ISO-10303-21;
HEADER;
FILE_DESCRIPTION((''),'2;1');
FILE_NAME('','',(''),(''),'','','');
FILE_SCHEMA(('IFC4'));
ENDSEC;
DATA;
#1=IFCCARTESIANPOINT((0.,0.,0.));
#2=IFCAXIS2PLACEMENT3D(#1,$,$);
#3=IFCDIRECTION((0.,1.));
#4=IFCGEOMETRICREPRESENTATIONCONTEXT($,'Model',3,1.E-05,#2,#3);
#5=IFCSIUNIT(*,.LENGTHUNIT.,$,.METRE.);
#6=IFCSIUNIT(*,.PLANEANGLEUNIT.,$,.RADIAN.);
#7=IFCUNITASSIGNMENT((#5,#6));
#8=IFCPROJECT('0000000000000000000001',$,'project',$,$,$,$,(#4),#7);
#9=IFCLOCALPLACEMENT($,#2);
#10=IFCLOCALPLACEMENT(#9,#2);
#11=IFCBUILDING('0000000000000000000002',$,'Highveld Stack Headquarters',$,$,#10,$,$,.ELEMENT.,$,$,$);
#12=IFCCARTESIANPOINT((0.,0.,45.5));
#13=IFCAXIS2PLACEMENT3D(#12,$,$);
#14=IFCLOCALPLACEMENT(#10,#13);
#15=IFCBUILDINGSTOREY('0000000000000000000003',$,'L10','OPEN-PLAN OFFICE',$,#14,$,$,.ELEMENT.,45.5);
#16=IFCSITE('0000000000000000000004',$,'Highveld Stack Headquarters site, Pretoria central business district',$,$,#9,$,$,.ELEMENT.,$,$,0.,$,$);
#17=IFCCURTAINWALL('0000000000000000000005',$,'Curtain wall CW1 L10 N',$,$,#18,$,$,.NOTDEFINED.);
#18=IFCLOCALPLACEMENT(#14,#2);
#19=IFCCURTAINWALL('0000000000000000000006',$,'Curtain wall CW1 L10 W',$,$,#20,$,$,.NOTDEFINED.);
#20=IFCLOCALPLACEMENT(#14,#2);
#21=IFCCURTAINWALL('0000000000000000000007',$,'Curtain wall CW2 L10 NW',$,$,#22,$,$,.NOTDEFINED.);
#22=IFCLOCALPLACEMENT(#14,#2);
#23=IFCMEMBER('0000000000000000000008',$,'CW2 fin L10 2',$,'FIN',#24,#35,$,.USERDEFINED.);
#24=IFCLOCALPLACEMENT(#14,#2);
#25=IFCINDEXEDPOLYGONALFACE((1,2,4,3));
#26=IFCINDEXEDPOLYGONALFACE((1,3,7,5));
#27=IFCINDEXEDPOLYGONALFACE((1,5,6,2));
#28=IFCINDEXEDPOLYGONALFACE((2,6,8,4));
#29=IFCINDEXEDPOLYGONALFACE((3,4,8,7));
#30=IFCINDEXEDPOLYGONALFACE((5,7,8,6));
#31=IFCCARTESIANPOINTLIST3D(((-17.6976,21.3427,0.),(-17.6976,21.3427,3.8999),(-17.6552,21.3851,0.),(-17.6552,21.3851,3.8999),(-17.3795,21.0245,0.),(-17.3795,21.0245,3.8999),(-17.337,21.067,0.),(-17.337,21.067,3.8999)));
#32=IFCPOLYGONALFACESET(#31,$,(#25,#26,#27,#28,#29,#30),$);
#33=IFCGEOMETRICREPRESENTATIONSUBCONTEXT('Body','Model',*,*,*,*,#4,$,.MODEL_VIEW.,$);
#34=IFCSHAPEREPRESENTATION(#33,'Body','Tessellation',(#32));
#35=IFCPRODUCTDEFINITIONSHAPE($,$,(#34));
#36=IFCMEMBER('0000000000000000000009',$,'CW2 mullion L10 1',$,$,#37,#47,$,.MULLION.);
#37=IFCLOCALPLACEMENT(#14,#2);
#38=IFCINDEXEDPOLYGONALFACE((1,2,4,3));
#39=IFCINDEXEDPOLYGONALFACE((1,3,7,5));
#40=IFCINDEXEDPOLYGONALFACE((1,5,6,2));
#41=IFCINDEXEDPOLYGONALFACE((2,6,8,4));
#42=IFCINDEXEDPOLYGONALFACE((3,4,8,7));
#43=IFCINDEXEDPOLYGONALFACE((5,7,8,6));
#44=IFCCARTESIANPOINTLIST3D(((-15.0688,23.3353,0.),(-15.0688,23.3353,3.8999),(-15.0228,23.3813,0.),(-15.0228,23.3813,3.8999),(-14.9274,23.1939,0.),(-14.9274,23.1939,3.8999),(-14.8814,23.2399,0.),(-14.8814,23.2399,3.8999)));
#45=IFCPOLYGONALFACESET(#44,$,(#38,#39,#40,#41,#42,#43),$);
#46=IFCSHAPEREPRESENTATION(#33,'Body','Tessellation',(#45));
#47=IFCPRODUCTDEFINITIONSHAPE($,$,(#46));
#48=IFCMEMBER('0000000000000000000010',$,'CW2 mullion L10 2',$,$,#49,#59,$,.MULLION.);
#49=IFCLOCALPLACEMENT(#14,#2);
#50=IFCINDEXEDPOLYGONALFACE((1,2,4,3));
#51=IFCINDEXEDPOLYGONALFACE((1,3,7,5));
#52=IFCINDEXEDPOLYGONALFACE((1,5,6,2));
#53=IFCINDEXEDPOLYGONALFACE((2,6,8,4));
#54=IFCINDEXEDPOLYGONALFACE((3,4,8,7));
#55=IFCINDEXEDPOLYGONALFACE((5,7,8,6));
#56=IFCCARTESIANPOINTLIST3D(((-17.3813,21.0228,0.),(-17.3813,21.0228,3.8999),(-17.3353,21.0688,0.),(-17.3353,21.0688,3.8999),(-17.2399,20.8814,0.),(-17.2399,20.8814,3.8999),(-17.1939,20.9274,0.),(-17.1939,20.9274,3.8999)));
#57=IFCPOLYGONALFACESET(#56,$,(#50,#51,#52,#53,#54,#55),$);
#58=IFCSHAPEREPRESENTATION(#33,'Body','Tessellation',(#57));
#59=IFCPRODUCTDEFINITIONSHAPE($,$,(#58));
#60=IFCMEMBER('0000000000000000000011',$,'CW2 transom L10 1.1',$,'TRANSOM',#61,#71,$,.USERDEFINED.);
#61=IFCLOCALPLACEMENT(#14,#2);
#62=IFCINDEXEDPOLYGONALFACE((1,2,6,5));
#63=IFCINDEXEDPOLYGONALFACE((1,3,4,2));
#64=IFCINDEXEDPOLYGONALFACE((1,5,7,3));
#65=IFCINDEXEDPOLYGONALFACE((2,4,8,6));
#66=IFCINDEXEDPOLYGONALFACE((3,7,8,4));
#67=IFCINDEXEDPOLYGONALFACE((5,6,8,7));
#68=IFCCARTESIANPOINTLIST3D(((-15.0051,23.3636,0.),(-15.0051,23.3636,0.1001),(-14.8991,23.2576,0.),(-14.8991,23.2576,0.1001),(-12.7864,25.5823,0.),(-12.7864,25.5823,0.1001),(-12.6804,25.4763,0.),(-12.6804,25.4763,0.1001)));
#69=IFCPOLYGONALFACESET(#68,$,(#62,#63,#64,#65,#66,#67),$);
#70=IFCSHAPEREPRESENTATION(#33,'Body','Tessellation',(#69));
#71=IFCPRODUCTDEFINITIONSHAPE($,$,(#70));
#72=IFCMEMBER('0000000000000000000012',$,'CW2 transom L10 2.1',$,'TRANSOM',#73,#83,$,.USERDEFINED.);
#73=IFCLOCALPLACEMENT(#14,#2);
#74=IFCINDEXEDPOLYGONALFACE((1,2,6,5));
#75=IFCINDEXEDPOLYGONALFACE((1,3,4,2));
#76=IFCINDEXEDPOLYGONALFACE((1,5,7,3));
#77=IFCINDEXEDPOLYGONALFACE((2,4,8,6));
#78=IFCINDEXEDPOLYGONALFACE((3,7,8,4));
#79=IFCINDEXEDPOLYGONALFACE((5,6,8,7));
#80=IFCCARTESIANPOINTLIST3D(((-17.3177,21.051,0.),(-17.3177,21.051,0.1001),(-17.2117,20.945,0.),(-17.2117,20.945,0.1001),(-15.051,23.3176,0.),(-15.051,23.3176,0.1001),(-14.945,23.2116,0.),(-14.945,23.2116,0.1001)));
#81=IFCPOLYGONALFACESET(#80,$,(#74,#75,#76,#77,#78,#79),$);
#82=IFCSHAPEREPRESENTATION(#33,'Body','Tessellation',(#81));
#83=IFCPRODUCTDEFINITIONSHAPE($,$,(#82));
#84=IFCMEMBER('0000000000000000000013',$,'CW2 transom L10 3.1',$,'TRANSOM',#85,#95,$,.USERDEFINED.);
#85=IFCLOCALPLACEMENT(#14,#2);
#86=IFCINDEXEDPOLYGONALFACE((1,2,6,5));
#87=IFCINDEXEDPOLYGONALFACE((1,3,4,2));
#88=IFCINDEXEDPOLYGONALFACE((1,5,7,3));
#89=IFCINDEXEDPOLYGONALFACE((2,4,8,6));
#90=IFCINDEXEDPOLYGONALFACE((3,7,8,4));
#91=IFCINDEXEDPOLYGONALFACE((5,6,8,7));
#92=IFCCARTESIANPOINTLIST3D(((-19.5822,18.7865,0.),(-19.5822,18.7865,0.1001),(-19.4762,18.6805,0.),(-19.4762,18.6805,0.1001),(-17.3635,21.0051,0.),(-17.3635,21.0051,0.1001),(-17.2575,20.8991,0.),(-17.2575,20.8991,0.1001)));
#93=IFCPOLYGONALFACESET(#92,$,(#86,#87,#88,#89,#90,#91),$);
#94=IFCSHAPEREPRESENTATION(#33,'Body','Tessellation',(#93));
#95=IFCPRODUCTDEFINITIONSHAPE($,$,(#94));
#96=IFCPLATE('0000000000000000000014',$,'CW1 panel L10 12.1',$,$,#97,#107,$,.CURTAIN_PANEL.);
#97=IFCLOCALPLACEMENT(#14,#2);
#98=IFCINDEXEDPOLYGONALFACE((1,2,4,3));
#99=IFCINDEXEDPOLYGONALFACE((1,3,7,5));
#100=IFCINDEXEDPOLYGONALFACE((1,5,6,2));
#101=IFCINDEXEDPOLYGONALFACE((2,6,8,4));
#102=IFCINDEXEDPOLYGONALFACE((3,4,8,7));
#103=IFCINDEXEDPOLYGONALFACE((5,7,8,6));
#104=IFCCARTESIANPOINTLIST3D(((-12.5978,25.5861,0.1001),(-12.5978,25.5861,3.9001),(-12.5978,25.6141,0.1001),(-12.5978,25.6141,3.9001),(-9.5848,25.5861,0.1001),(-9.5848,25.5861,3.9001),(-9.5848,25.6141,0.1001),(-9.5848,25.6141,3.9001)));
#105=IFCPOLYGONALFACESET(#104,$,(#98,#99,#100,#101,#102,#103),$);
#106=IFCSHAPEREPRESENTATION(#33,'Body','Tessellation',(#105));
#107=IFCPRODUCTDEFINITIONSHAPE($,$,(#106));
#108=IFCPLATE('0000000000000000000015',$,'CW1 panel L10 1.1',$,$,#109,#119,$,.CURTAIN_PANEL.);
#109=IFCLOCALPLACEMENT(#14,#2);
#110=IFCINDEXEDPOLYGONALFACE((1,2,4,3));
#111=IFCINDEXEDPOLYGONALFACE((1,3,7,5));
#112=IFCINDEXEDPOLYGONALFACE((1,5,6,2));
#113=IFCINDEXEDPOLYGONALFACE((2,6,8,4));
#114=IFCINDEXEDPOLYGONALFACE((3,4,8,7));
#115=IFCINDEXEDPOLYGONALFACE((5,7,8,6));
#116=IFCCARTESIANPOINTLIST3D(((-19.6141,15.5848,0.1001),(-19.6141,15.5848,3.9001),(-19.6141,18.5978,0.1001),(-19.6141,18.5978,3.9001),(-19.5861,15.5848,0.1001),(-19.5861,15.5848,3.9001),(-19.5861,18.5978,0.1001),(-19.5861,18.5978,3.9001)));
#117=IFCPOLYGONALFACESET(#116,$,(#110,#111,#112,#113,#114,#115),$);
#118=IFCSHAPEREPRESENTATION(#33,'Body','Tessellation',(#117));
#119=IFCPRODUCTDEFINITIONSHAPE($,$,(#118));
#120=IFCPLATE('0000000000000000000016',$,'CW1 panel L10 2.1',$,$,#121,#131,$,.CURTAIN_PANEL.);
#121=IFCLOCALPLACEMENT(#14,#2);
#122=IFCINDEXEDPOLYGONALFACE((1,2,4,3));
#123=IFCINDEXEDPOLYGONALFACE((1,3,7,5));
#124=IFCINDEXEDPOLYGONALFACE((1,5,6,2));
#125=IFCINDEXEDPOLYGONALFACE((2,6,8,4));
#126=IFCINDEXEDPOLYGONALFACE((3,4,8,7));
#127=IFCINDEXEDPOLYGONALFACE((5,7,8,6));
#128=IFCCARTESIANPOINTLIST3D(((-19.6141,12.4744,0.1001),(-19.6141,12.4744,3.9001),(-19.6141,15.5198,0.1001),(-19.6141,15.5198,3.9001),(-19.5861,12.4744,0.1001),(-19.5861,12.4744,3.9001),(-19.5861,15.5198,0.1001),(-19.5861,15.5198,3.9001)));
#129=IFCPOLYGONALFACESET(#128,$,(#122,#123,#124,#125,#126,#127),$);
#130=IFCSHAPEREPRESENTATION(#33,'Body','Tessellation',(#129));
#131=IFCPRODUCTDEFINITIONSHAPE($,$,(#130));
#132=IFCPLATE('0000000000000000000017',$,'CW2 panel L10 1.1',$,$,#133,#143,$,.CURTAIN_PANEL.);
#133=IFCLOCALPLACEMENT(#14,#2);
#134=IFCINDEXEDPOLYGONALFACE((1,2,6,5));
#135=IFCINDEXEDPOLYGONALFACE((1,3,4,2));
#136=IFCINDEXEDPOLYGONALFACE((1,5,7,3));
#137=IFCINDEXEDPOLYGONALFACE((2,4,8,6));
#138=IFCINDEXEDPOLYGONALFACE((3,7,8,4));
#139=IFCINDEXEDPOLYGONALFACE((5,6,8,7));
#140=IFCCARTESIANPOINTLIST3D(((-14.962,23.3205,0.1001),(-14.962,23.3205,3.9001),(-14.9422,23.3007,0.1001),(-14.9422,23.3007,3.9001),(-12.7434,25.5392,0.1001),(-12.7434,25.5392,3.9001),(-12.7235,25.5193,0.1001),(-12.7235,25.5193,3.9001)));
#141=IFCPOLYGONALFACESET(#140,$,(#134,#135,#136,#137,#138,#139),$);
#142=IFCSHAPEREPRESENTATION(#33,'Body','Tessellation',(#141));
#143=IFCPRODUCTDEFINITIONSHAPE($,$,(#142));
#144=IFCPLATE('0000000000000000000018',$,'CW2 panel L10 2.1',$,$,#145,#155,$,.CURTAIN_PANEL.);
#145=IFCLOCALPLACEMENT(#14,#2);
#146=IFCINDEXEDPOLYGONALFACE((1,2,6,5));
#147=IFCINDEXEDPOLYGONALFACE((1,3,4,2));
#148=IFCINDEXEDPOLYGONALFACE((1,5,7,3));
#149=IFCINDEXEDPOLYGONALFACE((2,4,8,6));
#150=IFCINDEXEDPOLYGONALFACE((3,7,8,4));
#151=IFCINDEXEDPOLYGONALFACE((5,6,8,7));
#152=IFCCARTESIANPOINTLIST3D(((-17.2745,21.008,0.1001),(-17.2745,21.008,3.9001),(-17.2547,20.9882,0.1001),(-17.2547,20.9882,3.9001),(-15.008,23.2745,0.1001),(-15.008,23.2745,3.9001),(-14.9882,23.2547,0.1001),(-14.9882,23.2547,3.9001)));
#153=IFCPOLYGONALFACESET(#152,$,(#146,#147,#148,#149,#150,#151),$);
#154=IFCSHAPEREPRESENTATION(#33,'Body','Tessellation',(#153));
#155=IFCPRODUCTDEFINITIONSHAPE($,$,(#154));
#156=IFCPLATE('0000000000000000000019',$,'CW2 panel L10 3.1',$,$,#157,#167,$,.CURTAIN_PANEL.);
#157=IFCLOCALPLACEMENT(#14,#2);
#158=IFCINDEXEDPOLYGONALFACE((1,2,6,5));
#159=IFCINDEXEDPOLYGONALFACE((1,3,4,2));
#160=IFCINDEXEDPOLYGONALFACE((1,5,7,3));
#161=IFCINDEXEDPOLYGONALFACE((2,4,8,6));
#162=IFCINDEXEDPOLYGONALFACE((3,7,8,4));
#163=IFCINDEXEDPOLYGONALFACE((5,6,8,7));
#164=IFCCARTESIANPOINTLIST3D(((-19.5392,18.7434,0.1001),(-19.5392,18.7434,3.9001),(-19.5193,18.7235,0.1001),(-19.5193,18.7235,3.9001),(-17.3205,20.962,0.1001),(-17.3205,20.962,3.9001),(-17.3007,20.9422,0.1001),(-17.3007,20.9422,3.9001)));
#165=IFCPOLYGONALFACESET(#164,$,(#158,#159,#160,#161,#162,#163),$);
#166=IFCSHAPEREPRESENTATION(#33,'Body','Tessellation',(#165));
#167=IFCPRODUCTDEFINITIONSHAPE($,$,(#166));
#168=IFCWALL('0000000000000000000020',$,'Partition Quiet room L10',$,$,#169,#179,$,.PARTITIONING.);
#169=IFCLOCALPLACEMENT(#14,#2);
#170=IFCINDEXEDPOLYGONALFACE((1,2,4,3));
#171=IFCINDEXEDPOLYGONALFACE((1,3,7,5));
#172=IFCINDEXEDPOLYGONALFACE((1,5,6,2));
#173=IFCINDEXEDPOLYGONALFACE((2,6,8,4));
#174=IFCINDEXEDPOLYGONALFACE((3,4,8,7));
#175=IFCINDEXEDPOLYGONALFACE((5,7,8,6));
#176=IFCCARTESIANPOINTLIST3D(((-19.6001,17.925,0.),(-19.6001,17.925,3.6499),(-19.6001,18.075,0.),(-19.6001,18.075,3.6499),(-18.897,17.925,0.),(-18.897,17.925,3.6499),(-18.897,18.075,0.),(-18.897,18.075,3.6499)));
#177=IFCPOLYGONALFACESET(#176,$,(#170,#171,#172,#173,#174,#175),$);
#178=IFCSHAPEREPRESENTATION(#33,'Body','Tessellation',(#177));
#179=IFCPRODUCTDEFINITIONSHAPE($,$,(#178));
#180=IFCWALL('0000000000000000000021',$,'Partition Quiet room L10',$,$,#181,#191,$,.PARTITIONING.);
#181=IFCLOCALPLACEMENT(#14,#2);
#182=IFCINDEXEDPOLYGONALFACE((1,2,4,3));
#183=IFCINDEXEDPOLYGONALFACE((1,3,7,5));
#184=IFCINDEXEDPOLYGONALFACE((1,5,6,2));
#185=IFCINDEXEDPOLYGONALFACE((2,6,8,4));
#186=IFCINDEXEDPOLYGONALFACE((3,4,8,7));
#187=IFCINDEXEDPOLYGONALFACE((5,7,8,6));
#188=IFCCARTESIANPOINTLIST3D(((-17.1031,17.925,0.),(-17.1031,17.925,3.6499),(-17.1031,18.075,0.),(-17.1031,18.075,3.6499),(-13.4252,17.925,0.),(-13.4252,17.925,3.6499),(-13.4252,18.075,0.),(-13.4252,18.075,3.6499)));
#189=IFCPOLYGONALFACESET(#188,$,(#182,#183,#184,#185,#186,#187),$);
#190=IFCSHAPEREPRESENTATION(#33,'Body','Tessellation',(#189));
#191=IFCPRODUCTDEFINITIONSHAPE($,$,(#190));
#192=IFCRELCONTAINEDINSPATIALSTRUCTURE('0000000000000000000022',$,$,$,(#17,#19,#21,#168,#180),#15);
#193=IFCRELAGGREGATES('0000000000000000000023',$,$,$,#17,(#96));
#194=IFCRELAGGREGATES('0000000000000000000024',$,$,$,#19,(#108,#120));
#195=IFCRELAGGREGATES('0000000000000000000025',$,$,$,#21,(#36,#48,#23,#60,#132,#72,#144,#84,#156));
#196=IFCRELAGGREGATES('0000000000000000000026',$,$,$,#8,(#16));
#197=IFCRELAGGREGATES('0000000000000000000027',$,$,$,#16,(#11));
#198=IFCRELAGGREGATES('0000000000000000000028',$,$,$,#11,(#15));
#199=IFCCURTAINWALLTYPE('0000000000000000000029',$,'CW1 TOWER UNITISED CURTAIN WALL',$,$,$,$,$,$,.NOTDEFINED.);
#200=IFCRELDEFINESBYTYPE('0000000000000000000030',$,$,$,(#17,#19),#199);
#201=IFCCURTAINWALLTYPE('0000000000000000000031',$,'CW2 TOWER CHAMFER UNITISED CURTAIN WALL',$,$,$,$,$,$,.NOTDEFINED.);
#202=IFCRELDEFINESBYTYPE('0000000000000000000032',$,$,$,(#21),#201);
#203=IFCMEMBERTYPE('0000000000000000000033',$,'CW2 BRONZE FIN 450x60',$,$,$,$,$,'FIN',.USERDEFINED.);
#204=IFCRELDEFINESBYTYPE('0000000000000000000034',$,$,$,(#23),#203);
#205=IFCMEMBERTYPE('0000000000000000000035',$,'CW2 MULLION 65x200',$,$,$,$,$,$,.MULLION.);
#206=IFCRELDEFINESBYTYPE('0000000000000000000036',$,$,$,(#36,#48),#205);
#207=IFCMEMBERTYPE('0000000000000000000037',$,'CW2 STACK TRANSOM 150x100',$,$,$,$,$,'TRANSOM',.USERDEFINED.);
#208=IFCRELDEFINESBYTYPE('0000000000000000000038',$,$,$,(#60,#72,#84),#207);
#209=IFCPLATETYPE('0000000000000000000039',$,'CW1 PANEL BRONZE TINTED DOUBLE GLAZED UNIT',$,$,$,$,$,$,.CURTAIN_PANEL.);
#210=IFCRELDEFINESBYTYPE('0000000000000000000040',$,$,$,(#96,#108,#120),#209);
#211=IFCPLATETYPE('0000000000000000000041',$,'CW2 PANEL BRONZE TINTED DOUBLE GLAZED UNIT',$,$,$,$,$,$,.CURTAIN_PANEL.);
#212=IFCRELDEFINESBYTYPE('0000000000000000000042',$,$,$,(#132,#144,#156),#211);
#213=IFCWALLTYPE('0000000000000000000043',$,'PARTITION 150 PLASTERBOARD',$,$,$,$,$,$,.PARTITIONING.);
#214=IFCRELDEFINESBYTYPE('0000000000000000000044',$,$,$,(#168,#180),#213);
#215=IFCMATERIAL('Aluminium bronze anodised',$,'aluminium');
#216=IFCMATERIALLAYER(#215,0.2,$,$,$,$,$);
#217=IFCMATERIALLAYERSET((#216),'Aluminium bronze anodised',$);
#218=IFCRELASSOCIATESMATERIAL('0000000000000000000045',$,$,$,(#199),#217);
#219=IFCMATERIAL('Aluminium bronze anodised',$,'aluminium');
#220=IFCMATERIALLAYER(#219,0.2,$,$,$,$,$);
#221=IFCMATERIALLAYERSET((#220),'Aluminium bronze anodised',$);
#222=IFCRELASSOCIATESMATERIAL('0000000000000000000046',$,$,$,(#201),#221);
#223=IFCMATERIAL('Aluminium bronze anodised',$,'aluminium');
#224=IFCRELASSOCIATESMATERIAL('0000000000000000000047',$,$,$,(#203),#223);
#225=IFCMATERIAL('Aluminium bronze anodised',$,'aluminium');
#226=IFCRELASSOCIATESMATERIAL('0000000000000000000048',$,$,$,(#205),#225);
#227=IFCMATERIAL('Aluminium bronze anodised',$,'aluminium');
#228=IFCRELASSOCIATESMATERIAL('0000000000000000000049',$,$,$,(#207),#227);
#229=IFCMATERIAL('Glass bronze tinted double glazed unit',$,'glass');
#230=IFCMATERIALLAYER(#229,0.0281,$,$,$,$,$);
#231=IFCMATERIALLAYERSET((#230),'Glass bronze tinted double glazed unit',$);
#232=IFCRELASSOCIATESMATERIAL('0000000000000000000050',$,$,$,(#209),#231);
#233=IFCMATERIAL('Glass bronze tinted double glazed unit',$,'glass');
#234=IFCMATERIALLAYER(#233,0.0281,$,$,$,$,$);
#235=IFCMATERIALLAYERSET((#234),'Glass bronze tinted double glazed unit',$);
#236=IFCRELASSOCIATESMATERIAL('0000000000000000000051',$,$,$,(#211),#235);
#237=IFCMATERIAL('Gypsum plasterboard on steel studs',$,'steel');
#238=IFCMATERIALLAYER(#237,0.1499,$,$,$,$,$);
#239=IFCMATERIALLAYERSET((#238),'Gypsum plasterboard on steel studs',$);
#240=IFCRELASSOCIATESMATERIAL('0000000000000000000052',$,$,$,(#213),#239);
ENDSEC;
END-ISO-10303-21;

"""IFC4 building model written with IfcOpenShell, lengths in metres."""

from ifc_helpers import new_model, si_unit, direction, frame, frame_2d, origin, origin_2d, place, context, subcontext, project, spatial, rectangle, extrude, material, layer, layer_set, material_profile, profile_set, type_object, element, aggregate, save


model = new_model("IFC4")

# Units and contexts
model_context = context("Model", 3, precision=1e-05, world=origin(), true_north=direction((0.0, 1.0)))
body_context = subcontext(model_context, "Body", "Model", "MODEL_VIEW")
ifc_project = project(units=[si_unit("LENGTHUNIT", "METRE"), si_unit("PLANEANGLEUNIT", "RADIAN")], contexts=[model_context])

# Site, building, storey
site_placement = place(None, origin())
site = spatial("IfcSite", under=ifc_project, at=site_placement, Name="Highveld Stack Headquarters site, Pretoria central business district", CompositionType="ELEMENT", RefElevation=0.0)
building_placement = place(site_placement, origin())
building = spatial("IfcBuilding", under=site, at=building_placement, Name="Highveld Stack Headquarters", CompositionType="ELEMENT")
storey_placement = place(building_placement, frame((0.0, 0.0, 45.5)))
storey = spatial("IfcBuildingStorey", under=building, at=storey_placement, Name="L10", Description="OPEN-PLAN OFFICE", CompositionType="ELEMENT", Elevation=45.5)

# Curtain wall
ifc_material_1 = material(Name="Aluminium bronze anodised", Category="aluminium")
ifc_layer_1 = layer(ifc_material_1, 0.2)
ifc_layer_set_1 = layer_set([ifc_layer_1], Name="Aluminium bronze anodised")
curtain_wall_type_1 = type_object("IfcCurtainWallType", Name="CW1 TOWER UNITISED CURTAIN WALL", PredefinedType="NOTDEFINED", material=ifc_layer_set_1)
curtain_wall_1_placement = place(storey_placement, origin())
curtain_wall_1 = element("IfcCurtainWall", 1, at=curtain_wall_1_placement, inside=storey, type_object=curtain_wall_type_1, Name="Curtain wall CW1 L10 N", PredefinedType="NOTDEFINED")

# Curtain wall
curtain_wall_2_placement = place(storey_placement, origin())
curtain_wall_2 = element("IfcCurtainWall", 2, at=curtain_wall_2_placement, inside=storey, type_object=curtain_wall_type_1, Name="Curtain wall CW1 L10 W", PredefinedType="NOTDEFINED")

# Curtain wall, members
ifc_material_2 = material(Name="Aluminium bronze anodised", Category="aluminium")
ifc_layer_2 = layer(ifc_material_2, 0.2)
ifc_layer_set_2 = layer_set([ifc_layer_2], Name="Aluminium bronze anodised")
curtain_wall_type_2 = type_object("IfcCurtainWallType", Name="CW2 TOWER CHAMFER UNITISED CURTAIN WALL", PredefinedType="NOTDEFINED", material=ifc_layer_set_2)
curtain_wall_3_placement = place(storey_placement, origin())
curtain_wall_3 = element("IfcCurtainWall", 3, at=curtain_wall_3_placement, inside=storey, type_object=curtain_wall_type_2, Name="Curtain wall CW2 L10 NW", PredefinedType="NOTDEFINED")
ifc_material_3 = material(Name="Aluminium bronze anodised", Category="aluminium")
ifc_material_profile_1 = material_profile(ifc_material_3, rectangle(XDim=0.45, YDim=0.0601, at=origin_2d()), Name="FIN 450x60")
ifc_profile_set_1 = profile_set([ifc_material_profile_1], Name="Aluminium bronze anodised")
member_type_1 = type_object("IfcMemberType", Name="CW2 BRONZE FIN 450x60", ElementType="FIN", PredefinedType="USERDEFINED", material=ifc_profile_set_1)
member_1_placement = place(storey_placement, frame((-17.5173, 21.2048, 0.0), z_axis=(0.0, 0.0, 1.0), x_axis=(0.707107, -0.707107, 0.0)))
member_1 = element("IfcMember", 4, at=member_1_placement, type_object=member_type_1, Name="CW2 fin L10 2", ObjectType="FIN", PredefinedType="USERDEFINED", context=body_context, shape_type="SweptSolid", body=[
    extrude(rectangle(XDim=0.45, YDim=0.0601, at=origin_2d()), origin(), (0.0, 0.0, 1.0), 3.8999),
])
ifc_material_4 = material(Name="Aluminium bronze anodised", Category="aluminium")
ifc_material_profile_2 = material_profile(ifc_material_4, rectangle(XDim=0.2, YDim=0.0649, at=origin_2d()), Name="CW2 MULLION 65x200")
ifc_profile_set_2 = profile_set([ifc_material_profile_2], Name="Aluminium bronze anodised")
member_type_2 = type_object("IfcMemberType", Name="CW2 MULLION 65x200", PredefinedType="MULLION", material=ifc_profile_set_2)
member_2_placement = place(storey_placement, frame((-14.9751, 23.2876, 0.0), z_axis=(0.0, 0.0, 1.0), x_axis=(0.707107, -0.707107, 0.0)))
member_2 = element("IfcMember", 5, at=member_2_placement, type_object=member_type_2, Name="CW2 mullion L10 1", PredefinedType="MULLION", context=body_context, shape_type="SweptSolid", body=[
    extrude(rectangle(XDim=0.2, YDim=0.0649, at=origin_2d()), origin(), (0.0, 0.0, 1.0), 3.8999),
])
member_3_placement = place(storey_placement, frame((-17.2876, 20.9751, 0.0), z_axis=(0.0, 0.0, 1.0), x_axis=(0.707107, -0.707107, 0.0)))
member_3 = element("IfcMember", 6, at=member_3_placement, type_object=member_type_2, Name="CW2 mullion L10 2", PredefinedType="MULLION", context=body_context, shape_type="SweptSolid", body=[
    extrude(rectangle(XDim=0.2, YDim=0.0649, at=origin_2d()), origin(), (0.0, 0.0, 1.0), 3.8999),
])
ifc_material_5 = material(Name="Aluminium bronze anodised", Category="aluminium")
ifc_material_profile_3 = material_profile(ifc_material_5, rectangle(XDim=0.1499, YDim=0.1001, at=origin_2d()), Name="CW2 TRANSOM 150x100")
ifc_profile_set_3 = profile_set([ifc_material_profile_3], Name="Aluminium bronze anodised")
member_type_3 = type_object("IfcMemberType", Name="CW2 STACK TRANSOM 150x100", ElementType="TRANSOM", PredefinedType="USERDEFINED", material=ifc_profile_set_3)
member_4_placement = place(storey_placement, frame((-12.7334, 25.5293, 0.05), z_axis=(-0.707107, -0.707107, 0.0), x_axis=(0.707107, -0.707107, 0.0)))
member_4 = element("IfcMember", 7, at=member_4_placement, type_object=member_type_3, Name="CW2 transom L10 1.1", ObjectType="TRANSOM", PredefinedType="USERDEFINED", context=body_context, shape_type="SweptSolid", body=[
    extrude(rectangle(XDim=0.1499, YDim=0.1001, at=origin_2d()), origin(), (0.0, 0.0, 1.0), 3.1377),
])
member_5_placement = place(storey_placement, frame((-14.998, 23.2646, 0.05), z_axis=(-0.707107, -0.707107, 0.0), x_axis=(0.707107, -0.707107, 0.0)))
member_5 = element("IfcMember", 8, at=member_5_placement, type_object=member_type_3, Name="CW2 transom L10 2.1", ObjectType="TRANSOM", PredefinedType="USERDEFINED", context=body_context, shape_type="SweptSolid", body=[
    extrude(rectangle(XDim=0.1499, YDim=0.1001, at=origin_2d()), origin(), (0.0, 0.0, 1.0), 3.2056),
])
member_6_placement = place(storey_placement, frame((-17.3105, 20.9521, 0.05), z_axis=(-0.707107, -0.707107, 0.0), x_axis=(0.707107, -0.707107, 0.0)))
member_6 = element("IfcMember", 9, at=member_6_placement, type_object=member_type_3, Name="CW2 transom L10 3.1", ObjectType="TRANSOM", PredefinedType="USERDEFINED", context=body_context, shape_type="SweptSolid", body=[
    extrude(rectangle(XDim=0.1499, YDim=0.1001, at=origin_2d()), origin(), (0.0, 0.0, 1.0), 3.1377),
])

# Plates
ifc_material_6 = material(Name="Glass bronze tinted double glazed unit", Category="glass")
ifc_layer_3 = layer(ifc_material_6, 0.0281)
ifc_layer_set_3 = layer_set([ifc_layer_3], Name="Glass bronze tinted double glazed unit")
plate_type_1 = type_object("IfcPlateType", Name="CW1 PANEL BRONZE TINTED DOUBLE GLAZED UNIT", PredefinedType="CURTAIN_PANEL", material=ifc_layer_set_3)
plate_1_placement = place(storey_placement, frame((-11.0913, 25.6001, 0.1001), z_axis=(0.0, 0.0, 1.0), x_axis=(-1.0, 0.0, 0.0)))
plate_1 = element("IfcPlate", 10, at=plate_1_placement, type_object=plate_type_1, Name="CW1 panel L10 12.1", PredefinedType="CURTAIN_PANEL", context=body_context, shape_type="SweptSolid", body=[
    extrude(rectangle(XDim=3.0129, YDim=0.0281, at=origin_2d()), origin(), (0.0, 0.0, 1.0), 3.8),
])
aggregate(curtain_wall_1, [plate_1])
plate_2_placement = place(storey_placement, frame((-19.6001, 17.0913, 0.1001), z_axis=(0.0, 0.0, 1.0), x_axis=(0.0, -1.0, 0.0)))
plate_2 = element("IfcPlate", 11, at=plate_2_placement, type_object=plate_type_1, Name="CW1 panel L10 1.1", PredefinedType="CURTAIN_PANEL", context=body_context, shape_type="SweptSolid", body=[
    extrude(rectangle(XDim=3.0129, YDim=0.0281, at=origin_2d()), origin(), (0.0, 0.0, 1.0), 3.8),
])
plate_3_placement = place(storey_placement, frame((-19.6001, 13.9971, 0.1001), z_axis=(0.0, 0.0, 1.0), x_axis=(0.0, -1.0, 0.0)))
plate_3 = element("IfcPlate", 12, at=plate_3_placement, type_object=plate_type_1, Name="CW1 panel L10 2.1", PredefinedType="CURTAIN_PANEL", context=body_context, shape_type="SweptSolid", body=[
    extrude(rectangle(XDim=3.0454, YDim=0.0281, at=origin_2d()), origin(), (0.0, 0.0, 1.0), 3.8),
])
aggregate(curtain_wall_2, [plate_2, plate_3])
ifc_material_7 = material(Name="Glass bronze tinted double glazed unit", Category="glass")
ifc_layer_4 = layer(ifc_material_7, 0.0281)
ifc_layer_set_4 = layer_set([ifc_layer_4], Name="Glass bronze tinted double glazed unit")
plate_type_2 = type_object("IfcPlateType", Name="CW2 PANEL BRONZE TINTED DOUBLE GLAZED UNIT", PredefinedType="CURTAIN_PANEL", material=ifc_layer_set_4)
plate_4_placement = place(storey_placement, frame((-13.8428, 24.4199, 0.1001), z_axis=(0.0, 0.0, 1.0), x_axis=(-0.707107, -0.707107, 0.0)))
plate_4 = element("IfcPlate", 13, at=plate_4_placement, type_object=plate_type_2, Name="CW2 panel L10 1.1", PredefinedType="CURTAIN_PANEL", context=body_context, shape_type="SweptSolid", body=[
    extrude(rectangle(XDim=3.1377, YDim=0.0281, at=origin_2d()), origin(), (0.0, 0.0, 1.0), 3.8),
])
plate_5_placement = place(storey_placement, frame((-16.1313, 22.1313, 0.1001), z_axis=(0.0, 0.0, 1.0), x_axis=(-0.707107, -0.707107, 0.0)))
plate_5 = element("IfcPlate", 14, at=plate_5_placement, type_object=plate_type_2, Name="CW2 panel L10 2.1", PredefinedType="CURTAIN_PANEL", context=body_context, shape_type="SweptSolid", body=[
    extrude(rectangle(XDim=3.2053, YDim=0.0281, at=origin_2d()), origin(), (0.0, 0.0, 1.0), 3.8),
])
plate_6_placement = place(storey_placement, frame((-18.4199, 19.8428, 0.1001), z_axis=(0.0, 0.0, 1.0), x_axis=(-0.707107, -0.707107, 0.0)))
plate_6 = element("IfcPlate", 15, at=plate_6_placement, type_object=plate_type_2, Name="CW2 panel L10 3.1", PredefinedType="CURTAIN_PANEL", context=body_context, shape_type="SweptSolid", body=[
    extrude(rectangle(XDim=3.1377, YDim=0.0281, at=origin_2d()), origin(), (0.0, 0.0, 1.0), 3.8),
])
aggregate(curtain_wall_3, [member_2, member_3, member_1, member_4, plate_4, member_5, plate_5, member_6, plate_6])

# Walls
ifc_material_8 = material(Name="Gypsum plasterboard on steel studs", Category="steel")
ifc_layer_5 = layer(ifc_material_8, 0.1499)
ifc_layer_set_5 = layer_set([ifc_layer_5], Name="Gypsum plasterboard on steel studs")
wall_type = type_object("IfcWallType", Name="PARTITION 150 PLASTERBOARD", PredefinedType="PARTITIONING", material=ifc_layer_set_5)
wall_1_placement = place(storey_placement, frame((-19.6001, 18.0, 0.0), z_axis=(0.0, 0.0, 1.0), x_axis=(1.0, 0.0, 0.0)))
element("IfcWall", 16, at=wall_1_placement, inside=storey, type_object=wall_type, Name="Partition Quiet room L10", PredefinedType="PARTITIONING", context=body_context, shape_type="SweptSolid", body=[
    extrude(rectangle(XDim=0.7031, YDim=0.1499, at=frame_2d((0.3516, 0.0))), origin(), (0.0, 0.0, 1.0), 3.6499),
])
wall_2_placement = place(storey_placement, frame((-17.103, 18.0, 0.0), z_axis=(0.0, 0.0, 1.0), x_axis=(1.0, 0.0, 0.0)))
element("IfcWall", 17, at=wall_2_placement, inside=storey, type_object=wall_type, Name="Partition Quiet room L10", PredefinedType="PARTITIONING", context=body_context, shape_type="SweptSolid", body=[
    extrude(rectangle(XDim=3.678, YDim=0.1499, at=frame_2d((1.8389, 0.0))), origin(), (0.0, 0.0, 1.0), 3.6499),
])

save(model, "model.ifc")
